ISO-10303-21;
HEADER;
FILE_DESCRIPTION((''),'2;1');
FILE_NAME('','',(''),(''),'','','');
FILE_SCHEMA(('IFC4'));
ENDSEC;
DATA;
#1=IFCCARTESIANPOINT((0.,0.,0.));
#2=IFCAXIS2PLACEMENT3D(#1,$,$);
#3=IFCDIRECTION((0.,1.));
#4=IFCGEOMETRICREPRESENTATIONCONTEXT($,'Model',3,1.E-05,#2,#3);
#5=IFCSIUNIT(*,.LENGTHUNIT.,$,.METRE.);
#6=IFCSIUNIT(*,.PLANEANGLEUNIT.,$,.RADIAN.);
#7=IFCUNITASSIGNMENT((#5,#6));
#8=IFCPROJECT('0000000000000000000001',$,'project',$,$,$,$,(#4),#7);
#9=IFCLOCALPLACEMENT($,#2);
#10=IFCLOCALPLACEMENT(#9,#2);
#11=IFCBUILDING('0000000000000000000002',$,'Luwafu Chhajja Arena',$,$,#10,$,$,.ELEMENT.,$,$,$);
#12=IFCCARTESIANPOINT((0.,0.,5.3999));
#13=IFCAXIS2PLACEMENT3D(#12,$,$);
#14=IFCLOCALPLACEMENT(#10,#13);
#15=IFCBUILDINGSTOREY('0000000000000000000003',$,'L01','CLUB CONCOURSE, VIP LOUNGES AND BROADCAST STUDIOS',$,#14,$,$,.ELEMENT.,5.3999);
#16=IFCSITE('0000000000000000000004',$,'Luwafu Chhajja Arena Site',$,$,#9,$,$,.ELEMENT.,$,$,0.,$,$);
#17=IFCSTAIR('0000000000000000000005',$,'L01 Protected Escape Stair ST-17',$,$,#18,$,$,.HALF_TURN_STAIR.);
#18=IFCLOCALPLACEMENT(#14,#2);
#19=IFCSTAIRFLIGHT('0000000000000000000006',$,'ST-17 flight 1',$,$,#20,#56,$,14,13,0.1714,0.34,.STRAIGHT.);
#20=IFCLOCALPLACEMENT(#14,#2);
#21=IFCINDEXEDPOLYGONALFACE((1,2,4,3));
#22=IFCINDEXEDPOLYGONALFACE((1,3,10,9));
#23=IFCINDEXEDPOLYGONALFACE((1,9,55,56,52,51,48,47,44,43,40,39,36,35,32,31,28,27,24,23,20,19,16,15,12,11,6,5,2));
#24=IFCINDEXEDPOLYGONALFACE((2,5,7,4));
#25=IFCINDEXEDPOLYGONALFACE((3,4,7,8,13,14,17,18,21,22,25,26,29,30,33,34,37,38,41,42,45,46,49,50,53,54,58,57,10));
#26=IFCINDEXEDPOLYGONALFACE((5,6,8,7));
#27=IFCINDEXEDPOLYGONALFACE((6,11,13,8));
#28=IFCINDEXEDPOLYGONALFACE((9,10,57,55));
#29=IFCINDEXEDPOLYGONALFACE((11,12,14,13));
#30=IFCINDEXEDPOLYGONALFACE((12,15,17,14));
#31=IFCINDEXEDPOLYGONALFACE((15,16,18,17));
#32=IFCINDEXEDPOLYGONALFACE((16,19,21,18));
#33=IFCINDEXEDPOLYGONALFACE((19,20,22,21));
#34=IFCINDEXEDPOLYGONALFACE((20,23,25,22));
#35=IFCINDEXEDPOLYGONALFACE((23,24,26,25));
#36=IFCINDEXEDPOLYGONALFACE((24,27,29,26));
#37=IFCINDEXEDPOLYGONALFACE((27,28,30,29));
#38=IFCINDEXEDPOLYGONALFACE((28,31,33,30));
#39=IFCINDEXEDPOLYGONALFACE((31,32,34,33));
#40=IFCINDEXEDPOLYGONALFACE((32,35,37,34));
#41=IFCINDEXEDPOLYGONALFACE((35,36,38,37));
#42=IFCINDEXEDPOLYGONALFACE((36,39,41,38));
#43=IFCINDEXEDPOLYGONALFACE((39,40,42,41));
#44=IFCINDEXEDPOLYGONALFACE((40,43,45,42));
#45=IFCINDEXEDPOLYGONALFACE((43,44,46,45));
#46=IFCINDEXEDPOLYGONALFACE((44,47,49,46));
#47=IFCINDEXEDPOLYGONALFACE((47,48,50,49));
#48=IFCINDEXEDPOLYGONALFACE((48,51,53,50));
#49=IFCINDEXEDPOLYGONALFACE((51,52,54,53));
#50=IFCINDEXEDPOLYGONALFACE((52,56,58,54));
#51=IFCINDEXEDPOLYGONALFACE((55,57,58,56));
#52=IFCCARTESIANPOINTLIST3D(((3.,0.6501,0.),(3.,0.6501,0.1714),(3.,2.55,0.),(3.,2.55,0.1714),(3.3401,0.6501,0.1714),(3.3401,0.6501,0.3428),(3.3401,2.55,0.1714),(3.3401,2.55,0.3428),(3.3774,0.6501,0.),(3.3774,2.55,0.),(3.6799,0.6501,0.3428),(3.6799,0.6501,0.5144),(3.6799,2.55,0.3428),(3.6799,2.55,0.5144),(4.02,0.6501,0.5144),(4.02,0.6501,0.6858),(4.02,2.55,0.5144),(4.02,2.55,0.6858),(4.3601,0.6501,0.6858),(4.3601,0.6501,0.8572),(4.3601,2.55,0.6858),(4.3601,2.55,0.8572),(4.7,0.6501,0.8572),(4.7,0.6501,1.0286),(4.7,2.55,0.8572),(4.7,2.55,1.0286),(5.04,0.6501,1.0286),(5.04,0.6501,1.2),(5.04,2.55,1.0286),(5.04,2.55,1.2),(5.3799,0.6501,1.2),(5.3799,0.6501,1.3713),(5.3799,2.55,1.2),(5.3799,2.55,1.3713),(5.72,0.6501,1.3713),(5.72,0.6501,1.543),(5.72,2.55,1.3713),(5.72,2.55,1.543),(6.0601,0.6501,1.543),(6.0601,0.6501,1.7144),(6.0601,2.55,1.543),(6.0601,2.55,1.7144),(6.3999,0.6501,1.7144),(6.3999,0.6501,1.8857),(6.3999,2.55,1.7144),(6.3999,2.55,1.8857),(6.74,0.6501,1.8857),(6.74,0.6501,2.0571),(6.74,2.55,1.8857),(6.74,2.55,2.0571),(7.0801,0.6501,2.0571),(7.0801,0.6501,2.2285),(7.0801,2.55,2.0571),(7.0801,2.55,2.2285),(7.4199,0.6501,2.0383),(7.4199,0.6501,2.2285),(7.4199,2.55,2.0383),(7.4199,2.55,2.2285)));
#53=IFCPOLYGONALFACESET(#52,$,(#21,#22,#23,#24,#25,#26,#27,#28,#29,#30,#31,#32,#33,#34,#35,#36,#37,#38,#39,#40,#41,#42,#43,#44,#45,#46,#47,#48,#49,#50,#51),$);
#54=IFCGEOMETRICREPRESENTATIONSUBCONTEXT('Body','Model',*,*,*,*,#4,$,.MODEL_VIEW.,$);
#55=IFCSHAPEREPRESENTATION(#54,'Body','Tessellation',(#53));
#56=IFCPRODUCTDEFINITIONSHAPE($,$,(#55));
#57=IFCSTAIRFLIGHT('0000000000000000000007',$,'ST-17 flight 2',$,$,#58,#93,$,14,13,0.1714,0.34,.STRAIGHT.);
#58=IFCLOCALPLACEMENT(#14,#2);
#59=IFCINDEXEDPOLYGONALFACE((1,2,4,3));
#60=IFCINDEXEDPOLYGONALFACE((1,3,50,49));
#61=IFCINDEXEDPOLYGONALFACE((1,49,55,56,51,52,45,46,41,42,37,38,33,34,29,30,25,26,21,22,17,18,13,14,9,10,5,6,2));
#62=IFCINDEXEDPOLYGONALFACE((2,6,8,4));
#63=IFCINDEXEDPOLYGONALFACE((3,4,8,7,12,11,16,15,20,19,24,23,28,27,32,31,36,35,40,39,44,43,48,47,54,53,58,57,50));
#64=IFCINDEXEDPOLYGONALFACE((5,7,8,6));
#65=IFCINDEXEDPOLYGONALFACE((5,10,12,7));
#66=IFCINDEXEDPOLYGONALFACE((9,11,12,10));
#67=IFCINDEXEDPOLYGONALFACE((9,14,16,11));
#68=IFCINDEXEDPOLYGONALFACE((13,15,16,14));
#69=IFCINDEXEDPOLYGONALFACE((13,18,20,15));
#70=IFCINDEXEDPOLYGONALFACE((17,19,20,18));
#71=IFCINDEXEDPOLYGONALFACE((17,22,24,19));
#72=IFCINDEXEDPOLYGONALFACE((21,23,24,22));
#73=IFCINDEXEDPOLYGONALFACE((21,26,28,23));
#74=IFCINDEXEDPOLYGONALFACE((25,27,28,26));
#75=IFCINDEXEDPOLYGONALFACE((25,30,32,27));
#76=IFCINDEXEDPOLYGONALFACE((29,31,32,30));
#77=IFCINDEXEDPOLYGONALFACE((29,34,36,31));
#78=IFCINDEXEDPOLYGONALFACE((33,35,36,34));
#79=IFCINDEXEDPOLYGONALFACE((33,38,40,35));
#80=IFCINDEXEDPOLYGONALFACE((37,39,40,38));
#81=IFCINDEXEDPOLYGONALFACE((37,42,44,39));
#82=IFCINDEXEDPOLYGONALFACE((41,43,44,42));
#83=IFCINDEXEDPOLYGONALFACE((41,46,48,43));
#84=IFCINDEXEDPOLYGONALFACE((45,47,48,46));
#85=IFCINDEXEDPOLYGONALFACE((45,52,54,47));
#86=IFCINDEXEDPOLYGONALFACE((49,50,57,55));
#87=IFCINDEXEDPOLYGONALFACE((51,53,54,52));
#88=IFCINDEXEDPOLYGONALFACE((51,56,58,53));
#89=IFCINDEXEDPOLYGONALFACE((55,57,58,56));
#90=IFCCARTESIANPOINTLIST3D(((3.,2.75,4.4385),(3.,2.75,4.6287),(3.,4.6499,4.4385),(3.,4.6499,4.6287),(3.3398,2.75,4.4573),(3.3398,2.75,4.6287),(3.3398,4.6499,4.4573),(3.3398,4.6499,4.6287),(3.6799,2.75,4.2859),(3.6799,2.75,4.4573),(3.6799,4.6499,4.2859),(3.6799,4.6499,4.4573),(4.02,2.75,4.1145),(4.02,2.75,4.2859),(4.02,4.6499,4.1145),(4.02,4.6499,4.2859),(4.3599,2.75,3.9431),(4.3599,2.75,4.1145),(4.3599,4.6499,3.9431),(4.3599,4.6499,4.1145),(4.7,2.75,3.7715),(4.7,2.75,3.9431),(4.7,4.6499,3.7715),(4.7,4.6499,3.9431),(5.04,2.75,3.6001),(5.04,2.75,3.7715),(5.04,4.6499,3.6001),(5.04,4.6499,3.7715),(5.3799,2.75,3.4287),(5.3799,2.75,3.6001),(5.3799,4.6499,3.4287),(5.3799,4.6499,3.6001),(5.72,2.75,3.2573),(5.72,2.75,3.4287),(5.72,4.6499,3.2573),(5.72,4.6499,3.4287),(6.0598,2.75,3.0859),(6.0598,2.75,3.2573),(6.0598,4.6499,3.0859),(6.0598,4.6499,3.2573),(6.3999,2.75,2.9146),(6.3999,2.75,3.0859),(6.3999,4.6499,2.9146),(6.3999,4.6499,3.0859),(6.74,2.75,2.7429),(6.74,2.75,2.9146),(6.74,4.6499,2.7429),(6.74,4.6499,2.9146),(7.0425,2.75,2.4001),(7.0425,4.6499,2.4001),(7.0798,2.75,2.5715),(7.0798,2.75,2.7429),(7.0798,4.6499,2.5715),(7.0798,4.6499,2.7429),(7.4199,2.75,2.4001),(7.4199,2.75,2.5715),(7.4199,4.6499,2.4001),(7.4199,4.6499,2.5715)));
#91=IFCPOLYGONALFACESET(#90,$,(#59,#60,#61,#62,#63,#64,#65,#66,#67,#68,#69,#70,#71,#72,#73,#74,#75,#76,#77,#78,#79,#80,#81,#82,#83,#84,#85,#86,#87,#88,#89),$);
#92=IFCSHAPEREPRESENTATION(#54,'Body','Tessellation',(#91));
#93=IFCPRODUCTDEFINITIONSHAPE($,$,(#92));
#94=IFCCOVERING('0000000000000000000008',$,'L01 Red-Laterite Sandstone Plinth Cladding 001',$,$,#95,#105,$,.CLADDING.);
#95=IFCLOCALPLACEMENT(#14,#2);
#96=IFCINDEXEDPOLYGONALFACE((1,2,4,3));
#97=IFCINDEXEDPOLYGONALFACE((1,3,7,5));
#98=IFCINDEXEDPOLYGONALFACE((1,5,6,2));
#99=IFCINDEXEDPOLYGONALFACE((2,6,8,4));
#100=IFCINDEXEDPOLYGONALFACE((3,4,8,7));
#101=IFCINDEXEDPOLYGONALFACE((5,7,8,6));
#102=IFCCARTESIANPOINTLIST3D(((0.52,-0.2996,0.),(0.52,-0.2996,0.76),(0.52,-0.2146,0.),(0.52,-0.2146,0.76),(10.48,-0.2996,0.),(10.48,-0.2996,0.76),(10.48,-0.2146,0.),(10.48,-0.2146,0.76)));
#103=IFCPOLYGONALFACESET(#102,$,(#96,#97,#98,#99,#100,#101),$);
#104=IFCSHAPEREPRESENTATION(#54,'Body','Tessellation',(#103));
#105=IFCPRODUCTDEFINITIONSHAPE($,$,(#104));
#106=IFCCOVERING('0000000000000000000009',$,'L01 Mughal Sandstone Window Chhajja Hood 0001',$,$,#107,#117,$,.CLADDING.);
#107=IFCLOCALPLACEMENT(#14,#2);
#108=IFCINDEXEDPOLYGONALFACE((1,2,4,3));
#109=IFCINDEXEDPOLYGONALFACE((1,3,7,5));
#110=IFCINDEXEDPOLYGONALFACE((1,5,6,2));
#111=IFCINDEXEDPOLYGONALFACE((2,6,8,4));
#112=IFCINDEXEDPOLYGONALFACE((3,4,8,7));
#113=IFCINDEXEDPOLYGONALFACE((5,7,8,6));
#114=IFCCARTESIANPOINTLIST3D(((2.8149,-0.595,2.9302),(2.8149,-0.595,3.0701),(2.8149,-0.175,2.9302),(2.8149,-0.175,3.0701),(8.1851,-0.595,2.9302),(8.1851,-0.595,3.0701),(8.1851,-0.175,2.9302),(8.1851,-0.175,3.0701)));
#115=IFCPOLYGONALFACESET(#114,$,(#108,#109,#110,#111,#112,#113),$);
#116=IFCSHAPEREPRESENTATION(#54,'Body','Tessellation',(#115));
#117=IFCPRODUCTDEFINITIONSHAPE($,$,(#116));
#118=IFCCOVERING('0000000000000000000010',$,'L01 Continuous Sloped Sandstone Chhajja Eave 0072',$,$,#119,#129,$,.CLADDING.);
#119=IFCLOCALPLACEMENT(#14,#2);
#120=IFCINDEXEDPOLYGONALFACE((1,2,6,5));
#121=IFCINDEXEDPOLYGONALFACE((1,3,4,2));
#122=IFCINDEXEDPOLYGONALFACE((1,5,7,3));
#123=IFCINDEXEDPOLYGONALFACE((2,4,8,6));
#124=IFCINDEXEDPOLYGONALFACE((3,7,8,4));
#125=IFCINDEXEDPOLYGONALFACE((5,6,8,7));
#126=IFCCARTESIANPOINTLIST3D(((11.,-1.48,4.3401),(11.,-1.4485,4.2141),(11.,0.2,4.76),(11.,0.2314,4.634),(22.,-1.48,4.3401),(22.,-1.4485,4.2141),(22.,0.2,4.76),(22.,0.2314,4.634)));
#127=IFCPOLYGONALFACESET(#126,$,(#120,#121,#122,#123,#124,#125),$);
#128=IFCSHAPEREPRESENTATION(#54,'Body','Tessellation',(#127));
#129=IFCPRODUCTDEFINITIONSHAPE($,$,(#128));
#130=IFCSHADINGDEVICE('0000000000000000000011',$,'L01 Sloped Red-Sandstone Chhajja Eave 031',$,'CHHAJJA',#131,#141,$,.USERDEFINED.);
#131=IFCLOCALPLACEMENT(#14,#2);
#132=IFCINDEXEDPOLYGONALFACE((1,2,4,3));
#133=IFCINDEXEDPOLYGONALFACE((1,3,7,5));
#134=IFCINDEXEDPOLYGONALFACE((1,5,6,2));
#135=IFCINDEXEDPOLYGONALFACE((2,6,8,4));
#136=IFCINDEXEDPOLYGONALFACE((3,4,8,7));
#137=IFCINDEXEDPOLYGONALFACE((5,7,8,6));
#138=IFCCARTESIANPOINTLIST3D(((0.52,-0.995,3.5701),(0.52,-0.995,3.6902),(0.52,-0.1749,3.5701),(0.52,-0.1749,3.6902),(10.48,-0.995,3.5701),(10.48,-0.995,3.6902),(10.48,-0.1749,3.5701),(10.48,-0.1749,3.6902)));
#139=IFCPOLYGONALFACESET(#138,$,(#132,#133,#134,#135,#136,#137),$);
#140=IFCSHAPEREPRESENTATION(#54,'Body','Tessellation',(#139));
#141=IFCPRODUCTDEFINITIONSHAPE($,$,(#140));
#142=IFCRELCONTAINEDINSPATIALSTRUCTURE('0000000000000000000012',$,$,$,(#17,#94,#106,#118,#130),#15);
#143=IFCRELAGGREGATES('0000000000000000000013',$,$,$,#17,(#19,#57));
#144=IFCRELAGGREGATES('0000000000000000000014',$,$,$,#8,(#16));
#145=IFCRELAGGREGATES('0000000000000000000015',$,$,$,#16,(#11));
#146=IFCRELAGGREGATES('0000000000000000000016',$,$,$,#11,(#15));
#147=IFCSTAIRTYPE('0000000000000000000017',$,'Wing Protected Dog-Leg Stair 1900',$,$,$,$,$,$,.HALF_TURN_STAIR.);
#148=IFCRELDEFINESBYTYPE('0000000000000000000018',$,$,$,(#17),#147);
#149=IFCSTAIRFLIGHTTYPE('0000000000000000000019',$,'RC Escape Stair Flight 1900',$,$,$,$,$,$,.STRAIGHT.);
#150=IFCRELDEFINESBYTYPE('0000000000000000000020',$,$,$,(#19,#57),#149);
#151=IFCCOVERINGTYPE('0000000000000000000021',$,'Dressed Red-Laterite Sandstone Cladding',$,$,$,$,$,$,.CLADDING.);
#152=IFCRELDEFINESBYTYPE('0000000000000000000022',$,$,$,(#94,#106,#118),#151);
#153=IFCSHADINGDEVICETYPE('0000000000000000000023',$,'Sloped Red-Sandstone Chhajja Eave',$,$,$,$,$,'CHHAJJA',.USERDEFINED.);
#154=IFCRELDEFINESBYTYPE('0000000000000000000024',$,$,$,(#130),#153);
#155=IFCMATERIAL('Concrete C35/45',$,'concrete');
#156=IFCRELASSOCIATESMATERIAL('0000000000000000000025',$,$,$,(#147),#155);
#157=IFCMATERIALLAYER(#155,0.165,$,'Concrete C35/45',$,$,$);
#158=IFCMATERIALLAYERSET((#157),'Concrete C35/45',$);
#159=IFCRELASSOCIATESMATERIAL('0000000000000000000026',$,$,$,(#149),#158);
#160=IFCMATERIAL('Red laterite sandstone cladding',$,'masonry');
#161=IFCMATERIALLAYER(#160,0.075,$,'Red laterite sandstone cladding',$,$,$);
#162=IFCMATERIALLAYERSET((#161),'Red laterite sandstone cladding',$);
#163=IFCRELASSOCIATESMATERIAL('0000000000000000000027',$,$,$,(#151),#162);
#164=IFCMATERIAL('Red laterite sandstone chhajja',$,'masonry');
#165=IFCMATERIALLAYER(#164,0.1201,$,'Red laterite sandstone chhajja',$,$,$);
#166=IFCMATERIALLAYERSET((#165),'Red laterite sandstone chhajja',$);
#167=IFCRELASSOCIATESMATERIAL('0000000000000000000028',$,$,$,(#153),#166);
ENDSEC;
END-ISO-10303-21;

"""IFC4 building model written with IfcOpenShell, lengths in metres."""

from ifc_helpers import new_model, si_unit, direction, frame, origin, origin_2d, place, context, subcontext, project, spatial, polyline, rectangle, outline, extrude, material, layer, layer_set, type_object, element, aggregate, save


model = new_model("IFC4")

# Units and contexts
model_context = context("Model", 3, precision=1e-05, world=origin(), true_north=direction((0.0, 1.0)))
body_context = subcontext(model_context, "Body", "Model", "MODEL_VIEW")
ifc_project = project(units=[si_unit("LENGTHUNIT", "METRE"), si_unit("PLANEANGLEUNIT", "RADIAN")], contexts=[model_context])

# Site, building, storey
site_placement = place(None, origin())
site = spatial("IfcSite", under=ifc_project, at=site_placement, Name="Luwafu Chhajja Arena Site", CompositionType="ELEMENT", RefElevation=0.0)
building_placement = place(site_placement, origin())
building = spatial("IfcBuilding", under=site, at=building_placement, Name="Luwafu Chhajja Arena", CompositionType="ELEMENT")
storey_placement = place(building_placement, frame((0.0, 0.0, 5.3999)))
storey = spatial("IfcBuildingStorey", under=building, at=storey_placement, Name="L01", Description="CLUB CONCOURSE, VIP LOUNGES AND BROADCAST STUDIOS", CompositionType="ELEMENT", Elevation=5.3999)

# Shared definitions
ifc_material_1 = material(Name="Concrete C35/45", Category="concrete")

# Stair, stair flights
stair_type = type_object("IfcStairType", Name="Wing Protected Dog-Leg Stair 1900", PredefinedType="HALF_TURN_STAIR", material=ifc_material_1)
stair_placement = place(storey_placement, origin())
stair = element("IfcStair", 1, at=stair_placement, inside=storey, type_object=stair_type, Name="L01 Protected Escape Stair ST-17", PredefinedType="HALF_TURN_STAIR")
ifc_layer_1 = layer(ifc_material_1, 0.165, Name="Concrete C35/45")
ifc_layer_set_1 = layer_set([ifc_layer_1], Name="Concrete C35/45")
stair_flight_type = type_object("IfcStairFlightType", Name="RC Escape Stair Flight 1900", PredefinedType="STRAIGHT", material=ifc_layer_set_1)
stair_flight_1_placement = place(storey_placement, frame((3.0, 1.6001, 0.0), z_axis=(0.0, 0.0, 1.0), x_axis=(1.0, 0.0, 0.0)))
stair_flight_1 = element("IfcStairFlight", 2, at=stair_flight_1_placement, type_object=stair_flight_type, Name="ST-17 flight 1", NumberOfRisers=14, NumberOfTreads=13, PredefinedType="STRAIGHT", RiserHeight=0.1714, TreadLength=0.34, context=body_context, shape_type="SweptSolid", body=[
    extrude(outline(polyline([(0.0, 0.0), (0.0, 0.1714), (0.3401, 0.1714), (0.3401, 0.3428), (0.6799, 0.3428), (0.6799, 0.5144), (1.02, 0.5144), (1.02, 0.6858), (1.3601, 0.6858), (1.3601, 0.8572), (1.7, 0.8572), (1.7, 1.0286), (2.04, 1.0286), (2.04, 1.2), (2.3799, 1.2), (2.3799, 1.3713), (2.72, 1.3713), (2.72, 1.543), (3.0601, 1.543), (3.0601, 1.7144), (3.3999, 1.7144), (3.3999, 1.8857), (3.74, 1.8857), (3.74, 2.0571), (4.0801, 2.0571), (4.0801, 2.2285), (4.4199, 2.2285), (4.4199, 2.3999), (4.4199, 2.0383), (0.3774, 0.0), (0.0, 0.0)])), frame((0.0, 0.95, 0.0), z_axis=(0.0, -1.0, 0.0), x_axis=(1.0, 0.0, 0.0)), (0.0, 0.0, 1.0), 1.8999),
])
stair_flight_2_placement = place(storey_placement, frame((7.4199, 3.7, 2.4001), z_axis=(0.0, 0.0, 1.0), x_axis=(-1.0, 0.0, 0.0)))
stair_flight_2 = element("IfcStairFlight", 3, at=stair_flight_2_placement, type_object=stair_flight_type, Name="ST-17 flight 2", NumberOfRisers=14, NumberOfTreads=13, PredefinedType="STRAIGHT", RiserHeight=0.1714, TreadLength=0.34, context=body_context, shape_type="SweptSolid", body=[
    extrude(outline(polyline([(0.0, 0.0), (0.0, 0.1714), (0.3401, 0.1714), (0.3401, 0.3428), (0.6799, 0.3428), (0.6799, 0.5144), (1.02, 0.5144), (1.02, 0.6858), (1.3601, 0.6858), (1.3601, 0.8572), (1.7, 0.8572), (1.7, 1.0286), (2.04, 1.0286), (2.04, 1.2), (2.3799, 1.2), (2.3799, 1.3713), (2.72, 1.3713), (2.72, 1.543), (3.0601, 1.543), (3.0601, 1.7144), (3.3999, 1.7144), (3.3999, 1.8857), (3.74, 1.8857), (3.74, 2.0571), (4.0801, 2.0571), (4.0801, 2.2285), (4.4199, 2.2285), (4.4199, 2.3999), (4.4199, 2.0383), (0.3774, 0.0), (0.0, 0.0)])), frame((0.0, 0.95, 0.0), z_axis=(0.0, -1.0, 0.0), x_axis=(1.0, 0.0, 0.0)), (0.0, 0.0, 1.0), 1.8999),
])
aggregate(stair, [stair_flight_1, stair_flight_2])

# Coverings
ifc_material_2 = material(Name="Red laterite sandstone cladding", Category="masonry")
ifc_layer_2 = layer(ifc_material_2, 0.075, Name="Red laterite sandstone cladding")
ifc_layer_set_2 = layer_set([ifc_layer_2], Name="Red laterite sandstone cladding")
covering_type = type_object("IfcCoveringType", Name="Dressed Red-Laterite Sandstone Cladding", PredefinedType="CLADDING", material=ifc_layer_set_2)
covering_1_placement = place(storey_placement, frame((5.5, -0.2571, 0.0), z_axis=(0.0, 0.0, 1.0), x_axis=(1.0, 0.0, 0.0)))
element("IfcCovering", 4, at=covering_1_placement, inside=storey, type_object=covering_type, Name="L01 Red-Laterite Sandstone Plinth Cladding 001", PredefinedType="CLADDING", context=body_context, shape_type="SweptSolid", body=[
    extrude(rectangle(XDim=9.96, YDim=0.085, at=origin_2d()), origin(), (0.0, 0.0, 1.0), 0.76),
])
covering_2_placement = place(storey_placement, frame((5.5, -0.385, 2.9302), z_axis=(0.0, 0.0, 1.0), x_axis=(1.0, 0.0, 0.0)))
element("IfcCovering", 5, at=covering_2_placement, inside=storey, type_object=covering_type, Name="L01 Mughal Sandstone Window Chhajja Hood 0001", PredefinedType="CLADDING", context=body_context, shape_type="SweptSolid", body=[
    extrude(rectangle(XDim=5.3701, YDim=0.4199, at=origin_2d()), origin(), (0.0, 0.0, 1.0), 0.1399),
])
covering_3_placement = place(storey_placement, frame((11.0, 0.2, 4.76), z_axis=(0.0, -0.242502, 0.970151), x_axis=(1.0, 0.0, 0.0)))
element("IfcCovering", 6, at=covering_3_placement, inside=storey, type_object=covering_type, Name="L01 Continuous Sloped Sandstone Chhajja Eave 0072", PredefinedType="CLADDING", context=body_context, shape_type="SweptSolid", body=[
    extrude(outline(polyline([(0.0, 0.0), (11.0, 0.0), (11.0, -1.7316), (0.0, -1.7316), (0.0, 0.0)])), origin(), (0.0, 0.0, -1.0), 0.1299),
])

# Shading device
ifc_material_3 = material(Name="Red laterite sandstone chhajja", Category="masonry")
ifc_layer_3 = layer(ifc_material_3, 0.1201, Name="Red laterite sandstone chhajja")
ifc_layer_set_3 = layer_set([ifc_layer_3], Name="Red laterite sandstone chhajja")
shading_device_type = type_object("IfcShadingDeviceType", Name="Sloped Red-Sandstone Chhajja Eave", ElementType="CHHAJJA", PredefinedType="USERDEFINED", material=ifc_layer_set_3)
shading_device_placement = place(storey_placement, frame((5.5, -0.585, 3.5701), z_axis=(0.0, 0.0, 1.0), x_axis=(1.0, 0.0, 0.0)))
element("IfcShadingDevice", 7, at=shading_device_placement, inside=storey, type_object=shading_device_type, Name="L01 Sloped Red-Sandstone Chhajja Eave 031", ObjectType="CHHAJJA", PredefinedType="USERDEFINED", context=body_context, shape_type="SweptSolid", body=[
    extrude(rectangle(XDim=9.96, YDim=0.8201, at=origin_2d()), origin(), (0.0, 0.0, 1.0), 0.1201),
])

save(model, "model.ifc")
